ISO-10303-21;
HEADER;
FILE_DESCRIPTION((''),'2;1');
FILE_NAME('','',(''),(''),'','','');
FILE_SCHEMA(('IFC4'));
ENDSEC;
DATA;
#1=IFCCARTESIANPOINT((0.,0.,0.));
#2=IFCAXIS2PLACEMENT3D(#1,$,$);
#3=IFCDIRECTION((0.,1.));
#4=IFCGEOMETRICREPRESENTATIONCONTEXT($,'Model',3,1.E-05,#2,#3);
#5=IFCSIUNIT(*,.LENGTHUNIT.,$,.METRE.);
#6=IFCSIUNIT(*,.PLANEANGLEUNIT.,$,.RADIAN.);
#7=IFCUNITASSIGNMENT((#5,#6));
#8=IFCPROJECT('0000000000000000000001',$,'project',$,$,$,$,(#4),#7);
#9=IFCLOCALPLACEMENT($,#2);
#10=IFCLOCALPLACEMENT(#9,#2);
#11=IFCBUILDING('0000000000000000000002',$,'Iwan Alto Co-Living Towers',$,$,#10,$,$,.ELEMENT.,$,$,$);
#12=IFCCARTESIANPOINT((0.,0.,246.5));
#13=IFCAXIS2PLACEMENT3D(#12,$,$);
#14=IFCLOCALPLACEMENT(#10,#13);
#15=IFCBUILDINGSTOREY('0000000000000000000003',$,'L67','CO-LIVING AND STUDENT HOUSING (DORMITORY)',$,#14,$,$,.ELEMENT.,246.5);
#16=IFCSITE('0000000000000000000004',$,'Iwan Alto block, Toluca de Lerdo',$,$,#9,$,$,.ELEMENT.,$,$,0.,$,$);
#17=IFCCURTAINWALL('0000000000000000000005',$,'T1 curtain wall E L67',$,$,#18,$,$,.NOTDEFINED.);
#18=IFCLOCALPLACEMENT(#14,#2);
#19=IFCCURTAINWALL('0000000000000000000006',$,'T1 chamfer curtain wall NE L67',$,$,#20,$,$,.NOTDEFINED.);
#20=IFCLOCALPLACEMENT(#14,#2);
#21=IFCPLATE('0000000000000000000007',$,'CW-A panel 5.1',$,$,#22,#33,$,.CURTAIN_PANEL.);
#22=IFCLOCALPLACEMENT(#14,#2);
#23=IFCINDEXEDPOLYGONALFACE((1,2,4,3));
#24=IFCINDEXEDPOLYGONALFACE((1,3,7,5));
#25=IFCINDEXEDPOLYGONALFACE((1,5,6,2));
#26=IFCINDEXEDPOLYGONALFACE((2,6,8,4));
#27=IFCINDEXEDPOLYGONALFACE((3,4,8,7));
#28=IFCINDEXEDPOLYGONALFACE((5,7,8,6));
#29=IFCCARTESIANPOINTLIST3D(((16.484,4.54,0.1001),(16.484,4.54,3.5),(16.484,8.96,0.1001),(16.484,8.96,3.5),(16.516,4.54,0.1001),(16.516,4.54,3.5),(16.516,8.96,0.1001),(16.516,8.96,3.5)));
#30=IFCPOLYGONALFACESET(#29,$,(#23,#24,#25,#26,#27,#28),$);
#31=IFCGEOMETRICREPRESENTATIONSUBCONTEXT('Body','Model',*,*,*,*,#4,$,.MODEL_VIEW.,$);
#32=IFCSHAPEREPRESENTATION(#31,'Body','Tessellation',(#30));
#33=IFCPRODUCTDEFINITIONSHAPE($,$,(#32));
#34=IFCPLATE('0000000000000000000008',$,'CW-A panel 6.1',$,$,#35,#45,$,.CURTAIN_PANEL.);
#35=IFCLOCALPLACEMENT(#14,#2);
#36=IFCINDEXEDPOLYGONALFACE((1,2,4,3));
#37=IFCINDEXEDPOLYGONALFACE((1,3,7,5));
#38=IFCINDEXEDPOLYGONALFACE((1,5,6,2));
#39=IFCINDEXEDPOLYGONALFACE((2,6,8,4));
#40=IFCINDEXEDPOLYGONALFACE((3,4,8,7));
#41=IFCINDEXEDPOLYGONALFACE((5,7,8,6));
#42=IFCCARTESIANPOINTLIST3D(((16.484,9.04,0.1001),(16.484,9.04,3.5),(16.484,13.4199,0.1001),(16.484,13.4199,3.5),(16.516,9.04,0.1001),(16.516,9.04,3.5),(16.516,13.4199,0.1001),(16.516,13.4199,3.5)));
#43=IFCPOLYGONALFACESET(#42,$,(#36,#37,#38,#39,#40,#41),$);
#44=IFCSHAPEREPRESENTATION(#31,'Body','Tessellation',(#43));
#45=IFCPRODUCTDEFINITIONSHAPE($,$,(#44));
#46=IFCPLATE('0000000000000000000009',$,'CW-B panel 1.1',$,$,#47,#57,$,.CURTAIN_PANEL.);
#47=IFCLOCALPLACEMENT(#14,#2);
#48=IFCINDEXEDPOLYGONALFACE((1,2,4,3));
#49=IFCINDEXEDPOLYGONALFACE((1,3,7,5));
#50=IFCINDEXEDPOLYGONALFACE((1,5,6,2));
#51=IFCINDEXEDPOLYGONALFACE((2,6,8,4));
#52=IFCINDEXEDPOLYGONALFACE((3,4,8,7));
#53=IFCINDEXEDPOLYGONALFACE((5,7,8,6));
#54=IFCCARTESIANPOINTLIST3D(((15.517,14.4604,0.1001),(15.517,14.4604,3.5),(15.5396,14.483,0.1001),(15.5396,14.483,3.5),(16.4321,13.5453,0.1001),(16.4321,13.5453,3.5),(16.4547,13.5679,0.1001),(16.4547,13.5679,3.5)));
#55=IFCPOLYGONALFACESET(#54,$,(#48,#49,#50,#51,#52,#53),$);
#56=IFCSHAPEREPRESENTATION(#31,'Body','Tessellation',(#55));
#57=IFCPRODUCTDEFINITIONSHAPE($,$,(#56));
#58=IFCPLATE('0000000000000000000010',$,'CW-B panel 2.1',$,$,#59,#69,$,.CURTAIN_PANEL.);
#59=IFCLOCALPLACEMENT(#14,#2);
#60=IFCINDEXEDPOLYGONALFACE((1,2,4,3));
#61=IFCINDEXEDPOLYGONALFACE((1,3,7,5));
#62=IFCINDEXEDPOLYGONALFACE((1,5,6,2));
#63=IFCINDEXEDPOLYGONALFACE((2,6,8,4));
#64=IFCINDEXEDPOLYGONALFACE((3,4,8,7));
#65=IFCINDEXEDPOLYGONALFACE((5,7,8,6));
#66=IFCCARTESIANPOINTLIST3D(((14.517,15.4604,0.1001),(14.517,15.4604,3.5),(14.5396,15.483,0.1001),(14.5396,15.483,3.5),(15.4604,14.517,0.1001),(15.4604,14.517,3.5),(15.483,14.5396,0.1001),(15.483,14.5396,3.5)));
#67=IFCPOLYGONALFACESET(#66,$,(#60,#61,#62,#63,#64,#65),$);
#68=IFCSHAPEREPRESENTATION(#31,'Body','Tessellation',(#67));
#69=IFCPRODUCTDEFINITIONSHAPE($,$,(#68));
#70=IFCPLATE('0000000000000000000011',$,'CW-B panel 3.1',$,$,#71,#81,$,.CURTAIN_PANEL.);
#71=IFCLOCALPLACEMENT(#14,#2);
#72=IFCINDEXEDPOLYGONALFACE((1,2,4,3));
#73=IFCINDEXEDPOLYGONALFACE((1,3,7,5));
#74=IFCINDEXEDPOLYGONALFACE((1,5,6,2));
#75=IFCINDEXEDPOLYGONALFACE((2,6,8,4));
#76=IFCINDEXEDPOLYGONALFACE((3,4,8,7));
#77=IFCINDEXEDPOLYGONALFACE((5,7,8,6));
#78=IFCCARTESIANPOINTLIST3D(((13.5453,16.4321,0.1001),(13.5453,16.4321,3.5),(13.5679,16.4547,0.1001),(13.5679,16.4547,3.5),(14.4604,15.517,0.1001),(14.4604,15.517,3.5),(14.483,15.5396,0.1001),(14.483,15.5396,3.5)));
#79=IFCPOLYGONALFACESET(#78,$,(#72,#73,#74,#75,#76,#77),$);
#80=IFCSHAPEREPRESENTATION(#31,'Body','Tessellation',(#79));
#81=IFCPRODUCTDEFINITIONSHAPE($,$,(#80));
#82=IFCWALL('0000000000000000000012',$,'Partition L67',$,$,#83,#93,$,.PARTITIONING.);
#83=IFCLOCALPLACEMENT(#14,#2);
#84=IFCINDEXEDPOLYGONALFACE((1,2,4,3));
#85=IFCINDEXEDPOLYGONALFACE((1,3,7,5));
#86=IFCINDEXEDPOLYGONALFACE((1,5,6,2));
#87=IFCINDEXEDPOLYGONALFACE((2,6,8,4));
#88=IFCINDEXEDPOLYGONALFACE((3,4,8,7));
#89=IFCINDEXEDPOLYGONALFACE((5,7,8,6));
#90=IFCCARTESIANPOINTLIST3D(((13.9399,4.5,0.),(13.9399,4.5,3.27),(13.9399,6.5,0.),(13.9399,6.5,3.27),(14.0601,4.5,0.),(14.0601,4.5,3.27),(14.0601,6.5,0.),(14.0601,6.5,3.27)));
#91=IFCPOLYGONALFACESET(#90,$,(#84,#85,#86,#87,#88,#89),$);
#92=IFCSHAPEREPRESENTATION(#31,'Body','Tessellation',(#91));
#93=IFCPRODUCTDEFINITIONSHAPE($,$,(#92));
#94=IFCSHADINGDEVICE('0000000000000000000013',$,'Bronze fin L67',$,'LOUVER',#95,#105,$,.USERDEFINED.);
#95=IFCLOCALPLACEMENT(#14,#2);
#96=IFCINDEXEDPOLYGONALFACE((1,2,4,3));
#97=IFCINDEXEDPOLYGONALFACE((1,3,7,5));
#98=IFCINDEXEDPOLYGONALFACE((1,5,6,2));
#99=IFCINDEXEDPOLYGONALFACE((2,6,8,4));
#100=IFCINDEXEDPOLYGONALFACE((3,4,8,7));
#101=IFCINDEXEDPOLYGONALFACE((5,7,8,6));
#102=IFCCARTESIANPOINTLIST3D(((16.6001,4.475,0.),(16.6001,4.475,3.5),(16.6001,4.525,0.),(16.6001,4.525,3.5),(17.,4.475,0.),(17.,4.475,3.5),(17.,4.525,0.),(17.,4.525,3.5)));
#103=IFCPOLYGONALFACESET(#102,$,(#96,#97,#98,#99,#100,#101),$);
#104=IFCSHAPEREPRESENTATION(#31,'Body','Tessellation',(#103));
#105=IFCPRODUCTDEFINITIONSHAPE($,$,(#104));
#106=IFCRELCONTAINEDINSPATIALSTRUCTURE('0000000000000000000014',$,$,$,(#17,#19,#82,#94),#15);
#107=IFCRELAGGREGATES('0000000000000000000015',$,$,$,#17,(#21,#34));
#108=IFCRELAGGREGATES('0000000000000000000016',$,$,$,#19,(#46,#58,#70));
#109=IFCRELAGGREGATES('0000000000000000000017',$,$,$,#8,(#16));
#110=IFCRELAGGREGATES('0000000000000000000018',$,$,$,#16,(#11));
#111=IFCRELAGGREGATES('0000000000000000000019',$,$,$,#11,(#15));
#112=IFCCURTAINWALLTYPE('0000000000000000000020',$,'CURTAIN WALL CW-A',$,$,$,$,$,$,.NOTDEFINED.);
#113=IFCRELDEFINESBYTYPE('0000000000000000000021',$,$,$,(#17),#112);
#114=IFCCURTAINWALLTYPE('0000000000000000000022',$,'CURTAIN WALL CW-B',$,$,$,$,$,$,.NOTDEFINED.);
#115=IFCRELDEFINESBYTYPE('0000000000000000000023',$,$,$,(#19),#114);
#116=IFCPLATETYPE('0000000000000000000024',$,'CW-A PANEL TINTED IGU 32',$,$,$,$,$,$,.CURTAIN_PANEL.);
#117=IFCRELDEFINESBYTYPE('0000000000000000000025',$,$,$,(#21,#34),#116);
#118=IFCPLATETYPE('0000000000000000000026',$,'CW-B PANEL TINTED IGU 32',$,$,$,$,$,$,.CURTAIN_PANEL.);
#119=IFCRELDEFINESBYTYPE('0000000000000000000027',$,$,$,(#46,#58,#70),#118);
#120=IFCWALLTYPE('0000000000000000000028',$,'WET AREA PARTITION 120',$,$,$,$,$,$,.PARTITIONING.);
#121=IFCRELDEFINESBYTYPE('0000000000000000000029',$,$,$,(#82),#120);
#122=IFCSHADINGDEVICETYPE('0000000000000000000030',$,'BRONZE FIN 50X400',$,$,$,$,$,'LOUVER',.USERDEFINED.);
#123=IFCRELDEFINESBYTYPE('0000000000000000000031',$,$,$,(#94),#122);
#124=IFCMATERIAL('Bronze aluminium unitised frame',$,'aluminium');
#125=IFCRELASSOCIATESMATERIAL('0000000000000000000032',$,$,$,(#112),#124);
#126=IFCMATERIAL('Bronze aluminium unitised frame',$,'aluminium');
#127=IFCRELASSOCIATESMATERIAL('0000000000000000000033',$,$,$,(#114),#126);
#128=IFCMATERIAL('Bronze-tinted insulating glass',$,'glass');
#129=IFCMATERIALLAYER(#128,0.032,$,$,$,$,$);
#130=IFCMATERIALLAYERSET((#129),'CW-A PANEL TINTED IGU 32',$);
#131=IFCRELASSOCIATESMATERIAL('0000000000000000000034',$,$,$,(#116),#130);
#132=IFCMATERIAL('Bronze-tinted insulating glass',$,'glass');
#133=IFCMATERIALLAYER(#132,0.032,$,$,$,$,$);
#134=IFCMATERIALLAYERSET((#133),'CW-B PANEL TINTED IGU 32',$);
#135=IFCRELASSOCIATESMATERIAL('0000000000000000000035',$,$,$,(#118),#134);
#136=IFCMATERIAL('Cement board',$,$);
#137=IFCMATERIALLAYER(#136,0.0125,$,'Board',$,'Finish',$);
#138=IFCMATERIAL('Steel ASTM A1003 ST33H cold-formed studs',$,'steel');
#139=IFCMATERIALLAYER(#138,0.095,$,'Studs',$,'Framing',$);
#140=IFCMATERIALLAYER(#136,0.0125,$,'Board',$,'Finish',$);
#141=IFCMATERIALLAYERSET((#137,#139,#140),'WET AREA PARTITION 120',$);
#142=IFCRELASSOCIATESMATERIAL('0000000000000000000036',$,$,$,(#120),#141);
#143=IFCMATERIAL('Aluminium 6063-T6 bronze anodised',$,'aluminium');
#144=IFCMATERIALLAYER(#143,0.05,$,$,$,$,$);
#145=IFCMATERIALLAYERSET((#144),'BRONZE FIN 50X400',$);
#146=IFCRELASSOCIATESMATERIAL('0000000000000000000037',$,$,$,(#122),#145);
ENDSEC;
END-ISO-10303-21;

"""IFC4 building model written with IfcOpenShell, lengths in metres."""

from ifc_helpers import new_model, si_unit, direction, frame, frame_2d, origin, origin_2d, place, context, subcontext, project, spatial, rectangle, extrude, material, layer, layer_set, type_object, element, aggregate, save


model = new_model("IFC4")

# Units and contexts
model_context = context("Model", 3, precision=1e-05, world=origin(), true_north=direction((0.0, 1.0)))
body_context = subcontext(model_context, "Body", "Model", "MODEL_VIEW")
ifc_project = project(units=[si_unit("LENGTHUNIT", "METRE"), si_unit("PLANEANGLEUNIT", "RADIAN")], contexts=[model_context])

# Site, building, storey
site_placement = place(None, origin())
site = spatial("IfcSite", under=ifc_project, at=site_placement, Name="Iwan Alto block, Toluca de Lerdo", CompositionType="ELEMENT", RefElevation=0.0)
building_placement = place(site_placement, origin())
building = spatial("IfcBuilding", under=site, at=building_placement, Name="Iwan Alto Co-Living Towers", CompositionType="ELEMENT")
storey_placement = place(building_placement, frame((0.0, 0.0, 246.5)))
storey = spatial("IfcBuildingStorey", under=building, at=storey_placement, Name="L67", Description="CO-LIVING AND STUDENT HOUSING (DORMITORY)", CompositionType="ELEMENT", Elevation=246.5)

# Curtain wall
ifc_material_1 = material(Name="Bronze aluminium unitised frame", Category="aluminium")
curtain_wall_type_1 = type_object("IfcCurtainWallType", Name="CURTAIN WALL CW-A", PredefinedType="NOTDEFINED", material=ifc_material_1)
curtain_wall_1_placement = place(storey_placement, origin())
curtain_wall_1 = element("IfcCurtainWall", 1, at=curtain_wall_1_placement, inside=storey, type_object=curtain_wall_type_1, Name="T1 curtain wall E L67", PredefinedType="NOTDEFINED")

# Curtain wall
ifc_material_2 = material(Name="Bronze aluminium unitised frame", Category="aluminium")
curtain_wall_type_2 = type_object("IfcCurtainWallType", Name="CURTAIN WALL CW-B", PredefinedType="NOTDEFINED", material=ifc_material_2)
curtain_wall_2_placement = place(storey_placement, origin())
curtain_wall_2 = element("IfcCurtainWall", 2, at=curtain_wall_2_placement, inside=storey, type_object=curtain_wall_type_2, Name="T1 chamfer curtain wall NE L67", PredefinedType="NOTDEFINED")

# Plates
ifc_material_3 = material(Name="Bronze-tinted insulating glass", Category="glass")
ifc_layer_1 = layer(ifc_material_3, 0.032)
ifc_layer_set_1 = layer_set([ifc_layer_1], Name="CW-A PANEL TINTED IGU 32")
plate_type_1 = type_object("IfcPlateType", Name="CW-A PANEL TINTED IGU 32", PredefinedType="CURTAIN_PANEL", material=ifc_layer_set_1)
plate_1_placement = place(storey_placement, frame((16.5, 6.75, 0.1001), z_axis=(0.0, 0.0, 1.0), x_axis=(0.0, 1.0, 0.0)))
plate_1 = element("IfcPlate", 3, at=plate_1_placement, type_object=plate_type_1, Name="CW-A panel 5.1", PredefinedType="CURTAIN_PANEL", context=body_context, shape_type="SweptSolid", body=[
    extrude(rectangle(XDim=4.4199, YDim=0.032, at=origin_2d()), origin(), (0.0, 0.0, 1.0), 3.3999),
])
plate_2_placement = place(storey_placement, frame((16.5, 11.23, 0.1001), z_axis=(0.0, 0.0, 1.0), x_axis=(0.0, 1.0, 0.0)))
plate_2 = element("IfcPlate", 4, at=plate_2_placement, type_object=plate_type_1, Name="CW-A panel 6.1", PredefinedType="CURTAIN_PANEL", context=body_context, shape_type="SweptSolid", body=[
    extrude(rectangle(XDim=4.3799, YDim=0.032, at=origin_2d()), origin(), (0.0, 0.0, 1.0), 3.3999),
])
aggregate(curtain_wall_1, [plate_1, plate_2])
ifc_material_4 = material(Name="Bronze-tinted insulating glass", Category="glass")
ifc_layer_2 = layer(ifc_material_4, 0.032)
ifc_layer_set_2 = layer_set([ifc_layer_2], Name="CW-B PANEL TINTED IGU 32")
plate_type_2 = type_object("IfcPlateType", Name="CW-B PANEL TINTED IGU 32", PredefinedType="CURTAIN_PANEL", material=ifc_layer_set_2)
plate_3_placement = place(storey_placement, frame((15.9858, 14.0142, 0.1001), z_axis=(0.0, 0.0, 1.0), x_axis=(-0.707107, 0.707107, 0.0)))
plate_3 = element("IfcPlate", 5, at=plate_3_placement, type_object=plate_type_2, Name="CW-B panel 1.1", PredefinedType="CURTAIN_PANEL", context=body_context, shape_type="SweptSolid", body=[
    extrude(rectangle(XDim=1.2942, YDim=0.032, at=origin_2d()), origin(), (0.0, 0.0, 1.0), 3.3999),
])
plate_4_placement = place(storey_placement, frame((15.0, 15.0, 0.1001), z_axis=(0.0, 0.0, 1.0), x_axis=(-0.707107, 0.707107, 0.0)))
plate_4 = element("IfcPlate", 6, at=plate_4_placement, type_object=plate_type_2, Name="CW-B panel 2.1", PredefinedType="CURTAIN_PANEL", context=body_context, shape_type="SweptSolid", body=[
    extrude(rectangle(XDim=1.3342, YDim=0.032, at=origin_2d()), origin(), (0.0, 0.0, 1.0), 3.3999),
])
plate_5_placement = place(storey_placement, frame((14.0142, 15.9858, 0.1001), z_axis=(0.0, 0.0, 1.0), x_axis=(-0.707107, 0.707107, 0.0)))
plate_5 = element("IfcPlate", 7, at=plate_5_placement, type_object=plate_type_2, Name="CW-B panel 3.1", PredefinedType="CURTAIN_PANEL", context=body_context, shape_type="SweptSolid", body=[
    extrude(rectangle(XDim=1.2942, YDim=0.032, at=origin_2d()), origin(), (0.0, 0.0, 1.0), 3.3999),
])
aggregate(curtain_wall_2, [plate_3, plate_4, plate_5])

# Wall
ifc_material_5 = material(Name="Cement board")
ifc_layer_3 = layer(ifc_material_5, 0.0125, Name="Board", Category="Finish")
ifc_material_6 = material(Name="Steel ASTM A1003 ST33H cold-formed studs", Category="steel")
ifc_layer_4 = layer(ifc_material_6, 0.095, Name="Studs", Category="Framing")
ifc_layer_5 = layer(ifc_material_5, 0.0125, Name="Board", Category="Finish")
ifc_layer_set_3 = layer_set([ifc_layer_3, ifc_layer_4, ifc_layer_5], Name="WET AREA PARTITION 120")
wall_type = type_object("IfcWallType", Name="WET AREA PARTITION 120", PredefinedType="PARTITIONING", material=ifc_layer_set_3)
wall_placement = place(storey_placement, frame((14.0, 4.5, 0.0), z_axis=(0.0, 0.0, 1.0), x_axis=(0.0, 1.0, 0.0)))
element("IfcWall", 8, at=wall_placement, inside=storey, type_object=wall_type, Name="Partition L67", PredefinedType="PARTITIONING", context=body_context, shape_type="SweptSolid", body=[
    extrude(rectangle(XDim=2.0, YDim=0.1201, at=frame_2d((1.0, 0.0))), origin(), (0.0, 0.0, 1.0), 3.27),
])

# Shading device
ifc_material_7 = material(Name="Aluminium 6063-T6 bronze anodised", Category="aluminium")
ifc_layer_6 = layer(ifc_material_7, 0.05)
ifc_layer_set_4 = layer_set([ifc_layer_6], Name="BRONZE FIN 50X400")
shading_device_type = type_object("IfcShadingDeviceType", Name="BRONZE FIN 50X400", ElementType="LOUVER", PredefinedType="USERDEFINED", material=ifc_layer_set_4)
shading_device_placement = place(storey_placement, frame((16.8, 4.5, 0.0), z_axis=(0.0, 0.0, 1.0), x_axis=(0.0, 1.0, 0.0)))
element("IfcShadingDevice", 9, at=shading_device_placement, inside=storey, type_object=shading_device_type, Name="Bronze fin L67", ObjectType="LOUVER", PredefinedType="USERDEFINED", context=body_context, shape_type="SweptSolid", body=[
    extrude(rectangle(XDim=0.05, YDim=0.3999, at=origin_2d()), origin(), (0.0, 0.0, 1.0), 3.5),
])

save(model, "model.ifc")
